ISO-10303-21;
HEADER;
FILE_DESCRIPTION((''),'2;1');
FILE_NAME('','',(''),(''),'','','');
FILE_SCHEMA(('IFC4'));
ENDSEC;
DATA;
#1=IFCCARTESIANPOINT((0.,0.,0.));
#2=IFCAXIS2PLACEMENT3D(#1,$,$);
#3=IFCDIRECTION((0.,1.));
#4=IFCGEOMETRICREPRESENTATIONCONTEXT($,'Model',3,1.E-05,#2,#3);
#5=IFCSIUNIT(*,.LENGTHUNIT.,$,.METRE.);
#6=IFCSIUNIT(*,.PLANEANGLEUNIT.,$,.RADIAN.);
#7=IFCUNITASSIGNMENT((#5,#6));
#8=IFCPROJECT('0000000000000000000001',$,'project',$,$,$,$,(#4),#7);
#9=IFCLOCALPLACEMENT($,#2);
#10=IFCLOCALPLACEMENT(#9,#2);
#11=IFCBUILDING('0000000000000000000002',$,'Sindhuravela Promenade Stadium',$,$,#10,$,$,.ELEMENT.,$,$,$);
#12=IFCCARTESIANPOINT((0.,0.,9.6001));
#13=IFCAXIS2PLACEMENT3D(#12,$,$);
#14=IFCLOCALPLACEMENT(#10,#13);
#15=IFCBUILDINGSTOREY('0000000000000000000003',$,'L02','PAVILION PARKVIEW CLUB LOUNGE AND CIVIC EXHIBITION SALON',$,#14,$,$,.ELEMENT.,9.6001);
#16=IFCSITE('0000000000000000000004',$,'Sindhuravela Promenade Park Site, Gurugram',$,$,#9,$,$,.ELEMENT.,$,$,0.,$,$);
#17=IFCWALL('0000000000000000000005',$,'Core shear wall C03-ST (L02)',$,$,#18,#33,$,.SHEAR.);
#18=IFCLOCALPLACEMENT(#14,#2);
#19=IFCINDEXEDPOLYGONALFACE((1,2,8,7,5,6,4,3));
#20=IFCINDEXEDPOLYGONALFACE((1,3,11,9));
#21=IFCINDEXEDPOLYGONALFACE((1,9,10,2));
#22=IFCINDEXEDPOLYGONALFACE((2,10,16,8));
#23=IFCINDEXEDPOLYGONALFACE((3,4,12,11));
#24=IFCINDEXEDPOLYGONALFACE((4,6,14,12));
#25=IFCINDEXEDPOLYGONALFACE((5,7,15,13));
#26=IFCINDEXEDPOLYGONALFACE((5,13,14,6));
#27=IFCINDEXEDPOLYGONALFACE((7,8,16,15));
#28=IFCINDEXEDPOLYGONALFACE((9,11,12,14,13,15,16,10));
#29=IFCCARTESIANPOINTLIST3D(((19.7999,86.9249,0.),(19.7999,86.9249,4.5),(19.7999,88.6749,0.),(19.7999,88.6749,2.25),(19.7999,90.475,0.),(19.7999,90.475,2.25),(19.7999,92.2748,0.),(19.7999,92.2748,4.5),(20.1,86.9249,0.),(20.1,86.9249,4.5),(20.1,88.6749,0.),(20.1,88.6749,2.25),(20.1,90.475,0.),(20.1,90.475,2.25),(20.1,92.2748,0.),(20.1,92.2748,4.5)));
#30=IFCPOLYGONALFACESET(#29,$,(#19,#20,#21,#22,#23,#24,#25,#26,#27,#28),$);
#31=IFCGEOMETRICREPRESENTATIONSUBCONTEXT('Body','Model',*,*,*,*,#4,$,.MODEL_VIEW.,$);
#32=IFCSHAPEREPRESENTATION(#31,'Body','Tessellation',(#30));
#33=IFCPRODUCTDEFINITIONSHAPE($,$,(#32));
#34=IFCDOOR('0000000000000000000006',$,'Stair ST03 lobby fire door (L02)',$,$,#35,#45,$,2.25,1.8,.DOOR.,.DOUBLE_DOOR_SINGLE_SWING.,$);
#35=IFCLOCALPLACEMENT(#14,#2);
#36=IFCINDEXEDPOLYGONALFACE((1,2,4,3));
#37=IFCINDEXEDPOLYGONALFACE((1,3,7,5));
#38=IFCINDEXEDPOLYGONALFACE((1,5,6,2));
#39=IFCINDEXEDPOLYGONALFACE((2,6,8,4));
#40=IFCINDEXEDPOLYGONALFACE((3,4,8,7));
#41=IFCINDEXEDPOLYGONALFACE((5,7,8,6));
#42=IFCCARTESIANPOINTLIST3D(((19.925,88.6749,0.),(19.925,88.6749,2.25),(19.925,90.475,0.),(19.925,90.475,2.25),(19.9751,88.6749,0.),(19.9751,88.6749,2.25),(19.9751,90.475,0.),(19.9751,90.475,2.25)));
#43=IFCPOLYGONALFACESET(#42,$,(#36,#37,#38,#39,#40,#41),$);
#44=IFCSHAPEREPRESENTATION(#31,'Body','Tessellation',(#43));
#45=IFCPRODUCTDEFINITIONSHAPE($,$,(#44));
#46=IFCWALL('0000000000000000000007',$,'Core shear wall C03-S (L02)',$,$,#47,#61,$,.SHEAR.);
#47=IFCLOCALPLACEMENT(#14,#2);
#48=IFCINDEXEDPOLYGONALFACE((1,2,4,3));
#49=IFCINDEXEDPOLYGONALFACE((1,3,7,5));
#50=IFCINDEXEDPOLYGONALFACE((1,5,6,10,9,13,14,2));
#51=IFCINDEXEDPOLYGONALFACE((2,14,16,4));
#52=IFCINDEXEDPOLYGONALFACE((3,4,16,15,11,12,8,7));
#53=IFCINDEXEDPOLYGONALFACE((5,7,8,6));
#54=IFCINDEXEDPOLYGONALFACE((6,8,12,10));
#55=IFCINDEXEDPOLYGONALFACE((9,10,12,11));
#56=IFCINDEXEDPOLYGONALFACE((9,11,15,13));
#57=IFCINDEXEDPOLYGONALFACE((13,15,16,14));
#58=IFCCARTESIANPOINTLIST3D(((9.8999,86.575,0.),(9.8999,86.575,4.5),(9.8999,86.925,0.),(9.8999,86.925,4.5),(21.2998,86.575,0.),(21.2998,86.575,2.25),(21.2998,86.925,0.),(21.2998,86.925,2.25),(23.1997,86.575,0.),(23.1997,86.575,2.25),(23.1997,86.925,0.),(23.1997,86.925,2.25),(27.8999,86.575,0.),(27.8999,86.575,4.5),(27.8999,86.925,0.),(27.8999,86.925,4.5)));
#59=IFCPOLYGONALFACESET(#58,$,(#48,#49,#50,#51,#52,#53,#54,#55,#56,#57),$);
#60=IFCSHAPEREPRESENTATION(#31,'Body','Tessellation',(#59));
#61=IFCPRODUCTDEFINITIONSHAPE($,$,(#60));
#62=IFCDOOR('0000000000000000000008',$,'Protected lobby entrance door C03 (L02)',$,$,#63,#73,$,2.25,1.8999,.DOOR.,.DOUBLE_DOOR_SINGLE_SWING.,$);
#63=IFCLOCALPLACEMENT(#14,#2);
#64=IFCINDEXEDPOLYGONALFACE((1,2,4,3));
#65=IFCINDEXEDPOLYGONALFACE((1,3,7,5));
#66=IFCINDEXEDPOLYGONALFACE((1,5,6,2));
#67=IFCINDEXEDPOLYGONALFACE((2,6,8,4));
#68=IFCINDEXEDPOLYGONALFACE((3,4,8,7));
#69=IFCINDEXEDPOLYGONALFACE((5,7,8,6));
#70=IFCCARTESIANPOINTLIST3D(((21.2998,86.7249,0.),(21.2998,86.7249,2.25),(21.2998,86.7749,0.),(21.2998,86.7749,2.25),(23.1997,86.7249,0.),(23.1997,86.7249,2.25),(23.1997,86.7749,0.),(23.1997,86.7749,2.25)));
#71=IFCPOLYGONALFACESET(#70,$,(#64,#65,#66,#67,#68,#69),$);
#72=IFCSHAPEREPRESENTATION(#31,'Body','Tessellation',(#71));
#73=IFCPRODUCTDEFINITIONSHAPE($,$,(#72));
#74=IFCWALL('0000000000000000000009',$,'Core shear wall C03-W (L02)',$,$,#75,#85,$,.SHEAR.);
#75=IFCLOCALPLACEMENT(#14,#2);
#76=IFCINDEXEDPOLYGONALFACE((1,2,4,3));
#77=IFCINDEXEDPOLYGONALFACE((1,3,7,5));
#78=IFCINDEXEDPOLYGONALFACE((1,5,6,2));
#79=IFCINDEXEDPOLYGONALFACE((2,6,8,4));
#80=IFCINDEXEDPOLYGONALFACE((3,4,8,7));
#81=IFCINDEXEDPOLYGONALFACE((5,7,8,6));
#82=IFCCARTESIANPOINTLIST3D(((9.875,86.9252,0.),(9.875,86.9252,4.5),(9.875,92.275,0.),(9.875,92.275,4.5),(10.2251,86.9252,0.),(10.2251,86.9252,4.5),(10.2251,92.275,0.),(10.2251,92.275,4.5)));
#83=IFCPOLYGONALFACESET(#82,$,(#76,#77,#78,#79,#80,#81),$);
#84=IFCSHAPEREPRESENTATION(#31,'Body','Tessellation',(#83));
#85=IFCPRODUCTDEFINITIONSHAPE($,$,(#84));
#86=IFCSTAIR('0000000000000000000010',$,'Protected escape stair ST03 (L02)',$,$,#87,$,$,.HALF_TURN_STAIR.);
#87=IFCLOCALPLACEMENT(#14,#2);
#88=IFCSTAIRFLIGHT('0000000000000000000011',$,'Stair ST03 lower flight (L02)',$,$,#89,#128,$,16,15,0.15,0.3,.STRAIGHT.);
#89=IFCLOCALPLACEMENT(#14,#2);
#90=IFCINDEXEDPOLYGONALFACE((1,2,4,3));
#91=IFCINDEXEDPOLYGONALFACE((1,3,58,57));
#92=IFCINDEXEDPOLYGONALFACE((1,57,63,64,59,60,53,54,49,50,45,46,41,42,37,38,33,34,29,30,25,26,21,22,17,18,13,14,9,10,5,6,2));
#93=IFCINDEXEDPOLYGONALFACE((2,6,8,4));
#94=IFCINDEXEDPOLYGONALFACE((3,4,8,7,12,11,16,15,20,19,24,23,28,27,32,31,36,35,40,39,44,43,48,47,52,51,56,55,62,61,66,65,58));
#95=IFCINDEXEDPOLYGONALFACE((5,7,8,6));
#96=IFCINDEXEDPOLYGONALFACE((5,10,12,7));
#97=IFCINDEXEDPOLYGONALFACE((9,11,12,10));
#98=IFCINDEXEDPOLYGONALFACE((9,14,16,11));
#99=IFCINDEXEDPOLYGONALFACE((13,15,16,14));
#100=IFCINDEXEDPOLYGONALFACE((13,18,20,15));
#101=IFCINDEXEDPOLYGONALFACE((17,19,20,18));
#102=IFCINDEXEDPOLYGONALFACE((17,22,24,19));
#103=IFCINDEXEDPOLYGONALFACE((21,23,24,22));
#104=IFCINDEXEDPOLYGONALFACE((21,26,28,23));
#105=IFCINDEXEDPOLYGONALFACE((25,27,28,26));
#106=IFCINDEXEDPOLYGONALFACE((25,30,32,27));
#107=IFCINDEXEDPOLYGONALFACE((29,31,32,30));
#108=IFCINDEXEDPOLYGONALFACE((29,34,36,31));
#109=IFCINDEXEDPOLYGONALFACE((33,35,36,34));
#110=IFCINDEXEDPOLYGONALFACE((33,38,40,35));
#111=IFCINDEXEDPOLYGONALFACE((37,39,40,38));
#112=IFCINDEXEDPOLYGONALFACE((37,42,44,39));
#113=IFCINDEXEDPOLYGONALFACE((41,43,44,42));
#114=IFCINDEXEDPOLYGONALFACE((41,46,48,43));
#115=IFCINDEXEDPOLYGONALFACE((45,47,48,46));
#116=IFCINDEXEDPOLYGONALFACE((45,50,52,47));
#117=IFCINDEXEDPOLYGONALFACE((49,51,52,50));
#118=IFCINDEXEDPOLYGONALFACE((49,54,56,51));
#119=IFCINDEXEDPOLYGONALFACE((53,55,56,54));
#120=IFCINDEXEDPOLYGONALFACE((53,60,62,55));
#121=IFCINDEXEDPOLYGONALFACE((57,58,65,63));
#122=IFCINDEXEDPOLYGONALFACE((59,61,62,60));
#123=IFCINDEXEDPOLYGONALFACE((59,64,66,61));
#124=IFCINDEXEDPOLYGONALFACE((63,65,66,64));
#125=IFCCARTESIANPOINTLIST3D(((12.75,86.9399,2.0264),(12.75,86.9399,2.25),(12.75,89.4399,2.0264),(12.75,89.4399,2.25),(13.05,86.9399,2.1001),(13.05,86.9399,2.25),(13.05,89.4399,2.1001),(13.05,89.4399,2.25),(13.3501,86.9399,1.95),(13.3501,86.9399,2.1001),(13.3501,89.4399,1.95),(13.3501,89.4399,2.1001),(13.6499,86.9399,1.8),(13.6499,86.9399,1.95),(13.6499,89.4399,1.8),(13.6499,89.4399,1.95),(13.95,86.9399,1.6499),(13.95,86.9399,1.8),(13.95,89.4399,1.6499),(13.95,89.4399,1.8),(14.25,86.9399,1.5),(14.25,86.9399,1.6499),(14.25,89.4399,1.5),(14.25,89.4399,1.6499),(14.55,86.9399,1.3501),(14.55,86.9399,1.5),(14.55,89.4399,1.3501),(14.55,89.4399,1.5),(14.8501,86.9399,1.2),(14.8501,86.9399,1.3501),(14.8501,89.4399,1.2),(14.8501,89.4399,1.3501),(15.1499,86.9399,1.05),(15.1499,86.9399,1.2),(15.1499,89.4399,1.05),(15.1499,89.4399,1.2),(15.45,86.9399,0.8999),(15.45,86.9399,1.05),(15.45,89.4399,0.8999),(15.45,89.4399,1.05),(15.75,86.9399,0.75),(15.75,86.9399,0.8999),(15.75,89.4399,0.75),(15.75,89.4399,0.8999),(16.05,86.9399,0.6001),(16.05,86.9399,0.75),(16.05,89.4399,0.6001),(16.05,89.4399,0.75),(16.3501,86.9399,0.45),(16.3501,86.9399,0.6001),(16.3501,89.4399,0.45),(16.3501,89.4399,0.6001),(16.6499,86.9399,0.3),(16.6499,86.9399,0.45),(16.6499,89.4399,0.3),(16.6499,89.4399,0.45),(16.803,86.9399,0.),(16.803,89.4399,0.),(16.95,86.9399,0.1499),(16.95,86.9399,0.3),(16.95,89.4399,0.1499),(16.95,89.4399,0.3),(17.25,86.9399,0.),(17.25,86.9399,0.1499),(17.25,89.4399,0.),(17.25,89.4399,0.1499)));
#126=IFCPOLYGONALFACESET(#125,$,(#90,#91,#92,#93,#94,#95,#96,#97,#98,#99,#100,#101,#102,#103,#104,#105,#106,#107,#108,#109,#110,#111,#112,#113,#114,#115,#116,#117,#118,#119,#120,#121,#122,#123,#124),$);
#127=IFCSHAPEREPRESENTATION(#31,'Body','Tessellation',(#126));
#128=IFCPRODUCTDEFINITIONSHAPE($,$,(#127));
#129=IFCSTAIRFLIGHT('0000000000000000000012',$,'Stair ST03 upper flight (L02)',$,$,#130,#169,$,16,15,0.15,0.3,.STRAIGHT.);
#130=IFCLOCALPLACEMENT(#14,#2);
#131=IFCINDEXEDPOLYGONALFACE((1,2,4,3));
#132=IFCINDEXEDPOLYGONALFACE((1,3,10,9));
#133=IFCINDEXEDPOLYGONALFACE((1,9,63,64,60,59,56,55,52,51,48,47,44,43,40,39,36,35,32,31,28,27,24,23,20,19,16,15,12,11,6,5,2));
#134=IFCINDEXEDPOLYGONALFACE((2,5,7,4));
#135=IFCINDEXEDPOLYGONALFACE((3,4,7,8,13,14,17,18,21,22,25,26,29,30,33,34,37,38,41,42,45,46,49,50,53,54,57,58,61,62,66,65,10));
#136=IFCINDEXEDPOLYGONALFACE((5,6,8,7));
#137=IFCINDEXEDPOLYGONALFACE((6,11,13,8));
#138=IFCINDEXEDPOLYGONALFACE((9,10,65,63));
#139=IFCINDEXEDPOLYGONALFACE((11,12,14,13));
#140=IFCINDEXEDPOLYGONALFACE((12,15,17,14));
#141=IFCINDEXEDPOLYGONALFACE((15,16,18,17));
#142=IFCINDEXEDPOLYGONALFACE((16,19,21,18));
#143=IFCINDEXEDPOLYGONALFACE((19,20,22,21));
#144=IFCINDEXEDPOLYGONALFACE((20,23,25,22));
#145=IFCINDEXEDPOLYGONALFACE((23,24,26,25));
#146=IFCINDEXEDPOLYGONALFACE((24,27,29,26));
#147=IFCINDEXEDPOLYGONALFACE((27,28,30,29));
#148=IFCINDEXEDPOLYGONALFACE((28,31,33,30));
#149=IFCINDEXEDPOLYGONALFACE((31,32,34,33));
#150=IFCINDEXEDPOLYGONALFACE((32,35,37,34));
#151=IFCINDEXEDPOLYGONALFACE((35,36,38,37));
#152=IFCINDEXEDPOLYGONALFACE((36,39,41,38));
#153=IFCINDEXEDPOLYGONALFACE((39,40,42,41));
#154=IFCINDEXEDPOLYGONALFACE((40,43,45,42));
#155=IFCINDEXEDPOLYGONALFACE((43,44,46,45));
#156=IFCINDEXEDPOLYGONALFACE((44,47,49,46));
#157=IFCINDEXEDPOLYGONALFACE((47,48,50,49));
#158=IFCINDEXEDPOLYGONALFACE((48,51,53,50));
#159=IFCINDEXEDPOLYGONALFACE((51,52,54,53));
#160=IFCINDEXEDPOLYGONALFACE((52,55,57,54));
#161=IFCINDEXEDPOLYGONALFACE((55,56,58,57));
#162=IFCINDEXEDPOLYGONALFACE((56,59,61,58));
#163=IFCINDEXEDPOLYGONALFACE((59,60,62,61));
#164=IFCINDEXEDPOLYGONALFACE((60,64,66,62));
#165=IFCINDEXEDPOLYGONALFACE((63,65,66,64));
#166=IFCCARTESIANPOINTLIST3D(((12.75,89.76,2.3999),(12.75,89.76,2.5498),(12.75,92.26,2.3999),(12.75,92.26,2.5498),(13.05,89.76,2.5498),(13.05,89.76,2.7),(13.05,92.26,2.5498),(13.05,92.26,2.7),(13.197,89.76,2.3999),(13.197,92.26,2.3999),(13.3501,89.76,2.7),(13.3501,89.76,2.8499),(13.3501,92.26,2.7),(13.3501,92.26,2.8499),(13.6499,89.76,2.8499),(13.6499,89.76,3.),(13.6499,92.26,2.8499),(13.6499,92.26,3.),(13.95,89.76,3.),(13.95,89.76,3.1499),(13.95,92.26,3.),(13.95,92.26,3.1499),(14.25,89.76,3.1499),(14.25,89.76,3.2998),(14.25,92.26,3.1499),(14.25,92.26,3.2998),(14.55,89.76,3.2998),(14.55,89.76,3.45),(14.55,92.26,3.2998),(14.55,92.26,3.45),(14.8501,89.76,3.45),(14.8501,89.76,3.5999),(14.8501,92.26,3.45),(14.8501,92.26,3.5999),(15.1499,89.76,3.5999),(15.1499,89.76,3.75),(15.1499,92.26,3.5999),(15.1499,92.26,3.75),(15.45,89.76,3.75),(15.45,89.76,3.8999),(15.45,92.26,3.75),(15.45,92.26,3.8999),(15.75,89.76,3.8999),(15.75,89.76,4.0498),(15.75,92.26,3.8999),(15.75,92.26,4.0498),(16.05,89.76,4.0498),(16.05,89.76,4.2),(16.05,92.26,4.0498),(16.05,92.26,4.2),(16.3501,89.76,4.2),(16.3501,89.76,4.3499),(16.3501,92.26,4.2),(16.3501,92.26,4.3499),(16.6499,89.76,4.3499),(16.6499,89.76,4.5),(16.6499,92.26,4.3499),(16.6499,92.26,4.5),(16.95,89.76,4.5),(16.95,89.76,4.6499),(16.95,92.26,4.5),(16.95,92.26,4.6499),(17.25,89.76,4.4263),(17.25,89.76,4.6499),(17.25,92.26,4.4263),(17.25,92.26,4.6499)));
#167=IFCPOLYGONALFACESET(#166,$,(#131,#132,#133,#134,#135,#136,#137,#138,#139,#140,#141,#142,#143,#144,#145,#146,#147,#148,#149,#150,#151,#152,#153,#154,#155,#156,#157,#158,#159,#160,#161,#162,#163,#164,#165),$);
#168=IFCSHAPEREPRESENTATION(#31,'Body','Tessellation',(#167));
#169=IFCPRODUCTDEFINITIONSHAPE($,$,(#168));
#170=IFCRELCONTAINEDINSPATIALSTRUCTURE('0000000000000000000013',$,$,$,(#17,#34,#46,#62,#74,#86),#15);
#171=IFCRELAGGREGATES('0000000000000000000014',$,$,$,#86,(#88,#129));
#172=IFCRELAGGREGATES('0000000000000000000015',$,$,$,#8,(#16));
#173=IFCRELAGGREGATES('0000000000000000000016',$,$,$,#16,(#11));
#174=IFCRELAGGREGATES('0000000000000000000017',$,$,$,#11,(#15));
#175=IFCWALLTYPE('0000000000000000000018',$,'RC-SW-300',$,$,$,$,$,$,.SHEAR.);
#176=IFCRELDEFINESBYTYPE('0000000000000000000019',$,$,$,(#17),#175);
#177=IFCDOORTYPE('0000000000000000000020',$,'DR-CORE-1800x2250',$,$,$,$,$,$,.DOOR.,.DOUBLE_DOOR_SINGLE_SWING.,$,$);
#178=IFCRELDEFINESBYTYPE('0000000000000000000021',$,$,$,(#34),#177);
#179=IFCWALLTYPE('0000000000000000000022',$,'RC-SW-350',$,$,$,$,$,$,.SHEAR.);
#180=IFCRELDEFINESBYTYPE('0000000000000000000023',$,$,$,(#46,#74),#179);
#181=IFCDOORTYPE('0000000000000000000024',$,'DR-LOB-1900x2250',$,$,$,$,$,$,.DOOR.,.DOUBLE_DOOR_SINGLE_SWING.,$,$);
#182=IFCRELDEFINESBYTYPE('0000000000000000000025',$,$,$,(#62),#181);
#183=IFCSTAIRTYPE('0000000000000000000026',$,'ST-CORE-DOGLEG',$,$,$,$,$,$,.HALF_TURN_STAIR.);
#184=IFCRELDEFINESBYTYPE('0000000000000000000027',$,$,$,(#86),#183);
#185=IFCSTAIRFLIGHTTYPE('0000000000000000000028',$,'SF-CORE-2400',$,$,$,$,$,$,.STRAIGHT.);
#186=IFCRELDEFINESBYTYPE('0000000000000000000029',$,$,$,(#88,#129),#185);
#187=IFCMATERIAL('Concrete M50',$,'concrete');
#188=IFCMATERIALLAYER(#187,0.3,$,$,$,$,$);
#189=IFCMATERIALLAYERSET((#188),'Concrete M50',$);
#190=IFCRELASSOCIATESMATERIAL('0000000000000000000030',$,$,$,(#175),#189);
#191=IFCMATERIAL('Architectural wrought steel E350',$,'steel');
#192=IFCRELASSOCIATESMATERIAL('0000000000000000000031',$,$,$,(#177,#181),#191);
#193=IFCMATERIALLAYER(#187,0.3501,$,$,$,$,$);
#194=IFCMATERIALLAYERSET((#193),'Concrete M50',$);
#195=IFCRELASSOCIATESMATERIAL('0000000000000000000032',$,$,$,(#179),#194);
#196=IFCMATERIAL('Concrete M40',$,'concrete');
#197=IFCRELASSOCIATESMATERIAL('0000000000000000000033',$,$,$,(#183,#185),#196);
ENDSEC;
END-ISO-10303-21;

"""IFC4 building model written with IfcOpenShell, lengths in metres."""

from ifc_helpers import new_model, si_unit, direction, frame, frame_2d, origin, place, context, subcontext, project, spatial, polyline, rectangle, outline, extrude, material, layer, layer_set, type_object, element, fill, aggregate, save


model = new_model("IFC4")

# Units and contexts
model_context = context("Model", 3, precision=1e-05, world=origin(), true_north=direction((0.0, 1.0)))
body_context = subcontext(model_context, "Body", "Model", "MODEL_VIEW")
ifc_project = project(units=[si_unit("LENGTHUNIT", "METRE"), si_unit("PLANEANGLEUNIT", "RADIAN")], contexts=[model_context])

# Site, building, storey
site_placement = place(None, origin())
site = spatial("IfcSite", under=ifc_project, at=site_placement, Name="Sindhuravela Promenade Park Site, Gurugram", CompositionType="ELEMENT", RefElevation=0.0)
building_placement = place(site_placement, origin())
building = spatial("IfcBuilding", under=site, at=building_placement, Name="Sindhuravela Promenade Stadium", CompositionType="ELEMENT")
storey_placement = place(building_placement, frame((0.0, 0.0, 9.6001)))
storey = spatial("IfcBuildingStorey", under=building, at=storey_placement, Name="L02", Description="PAVILION PARKVIEW CLUB LOUNGE AND CIVIC EXHIBITION SALON", CompositionType="ELEMENT", Elevation=9.6001)

# Shared definitions
ifc_material_1 = material(Name="Concrete M50", Category="concrete")

# Shared definitions
ifc_material_2 = material(Name="Concrete M40", Category="concrete")

# Walls, openings, doors
ifc_layer_1 = layer(ifc_material_1, 0.3)
ifc_layer_set_1 = layer_set([ifc_layer_1], Name="Concrete M50")
wall_type_1 = type_object("IfcWallType", Name="RC-SW-300", PredefinedType="SHEAR", material=ifc_layer_set_1)
wall_1_placement = place(storey_placement, frame((19.95, 86.925, 0.0), z_axis=(0.0, 0.0, 1.0), x_axis=(0.0, 1.0, 0.0)))
wall_1 = element("IfcWall", 1, at=wall_1_placement, inside=storey, type_object=wall_type_1, Name="Core shear wall C03-ST (L02)", PredefinedType="SHEAR", context=body_context, shape_type="SweptSolid", body=[
    extrude(rectangle(XDim=5.3499, YDim=0.3, at=frame_2d((2.6748, 0.0))), origin(), (0.0, 0.0, 1.0), 4.5),
])
opening_1_placement = place(wall_1_placement, frame((1.75, 0.0, 0.0)))
opening_1 = element("IfcOpeningElement", 2, at=opening_1_placement, cuts=wall_1, PredefinedType="OPENING", context=body_context, shape_type="SweptSolid", body=[
    extrude(rectangle(XDim=1.8, YDim=2.25, at=frame_2d((0.8999, 1.125))), frame((0.0, 0.1599, 0.0), z_axis=(0.0, -1.0, 0.0), x_axis=(1.0, 0.0, 0.0)), (0.0, 0.0, 1.0), 0.3201),
])
ifc_material_3 = material(Name="Architectural wrought steel E350", Category="steel")
door_type_1 = type_object("IfcDoorType", Name="DR-CORE-1800x2250", OperationType="DOUBLE_DOOR_SINGLE_SWING", PredefinedType="DOOR", material=ifc_material_3)
door_1_placement = place(opening_1_placement, origin())
door_1 = element("IfcDoor", 3, at=door_1_placement, inside=storey, type_object=door_type_1, Name="Stair ST03 lobby fire door (L02)", OperationType="DOUBLE_DOOR_SINGLE_SWING", OverallHeight=2.25, OverallWidth=1.8, PredefinedType="DOOR", context=body_context, shape_type="SweptSolid", body=[
    extrude(rectangle(XDim=1.8, YDim=2.25, at=frame_2d((0.8999, 1.125))), frame((0.0, 0.0249, 0.0), z_axis=(0.0, -1.0, 0.0), x_axis=(1.0, 0.0, 0.0)), (0.0, 0.0, 1.0), 0.05),
])
fill(opening_1, door_1)
ifc_layer_2 = layer(ifc_material_1, 0.3501)
ifc_layer_set_2 = layer_set([ifc_layer_2], Name="Concrete M50")
wall_type_2 = type_object("IfcWallType", Name="RC-SW-350", PredefinedType="SHEAR", material=ifc_layer_set_2)
wall_2_placement = place(storey_placement, frame((9.8999, 86.75, 0.0), z_axis=(0.0, 0.0, 1.0), x_axis=(1.0, 0.0, 0.0)))
wall_2 = element("IfcWall", 4, at=wall_2_placement, inside=storey, type_object=wall_type_2, Name="Core shear wall C03-S (L02)", PredefinedType="SHEAR", context=body_context, shape_type="SweptSolid", body=[
    extrude(rectangle(XDim=18.0, YDim=0.3501, at=frame_2d((9.0, 0.0))), origin(), (0.0, 0.0, 1.0), 4.5),
])
opening_2_placement = place(wall_2_placement, frame((11.3999, 0.0, 0.0)))
opening_2 = element("IfcOpeningElement", 5, at=opening_2_placement, cuts=wall_2, PredefinedType="OPENING", context=body_context, shape_type="SweptSolid", body=[
    extrude(rectangle(XDim=1.8999, YDim=2.25, at=frame_2d((0.95, 1.125))), frame((0.0, 0.1851, 0.0), z_axis=(0.0, -1.0, 0.0), x_axis=(1.0, 0.0, 0.0)), (0.0, 0.0, 1.0), 0.3701),
])
door_type_2 = type_object("IfcDoorType", Name="DR-LOB-1900x2250", OperationType="DOUBLE_DOOR_SINGLE_SWING", PredefinedType="DOOR", material=ifc_material_3)
door_2_placement = place(opening_2_placement, origin())
door_2 = element("IfcDoor", 6, at=door_2_placement, inside=storey, type_object=door_type_2, Name="Protected lobby entrance door C03 (L02)", OperationType="DOUBLE_DOOR_SINGLE_SWING", OverallHeight=2.25, OverallWidth=1.8999, PredefinedType="DOOR", context=body_context, shape_type="SweptSolid", body=[
    extrude(rectangle(XDim=1.8999, YDim=2.25, at=frame_2d((0.95, 1.125))), frame((0.0, 0.0249, 0.0), z_axis=(0.0, -1.0, 0.0), x_axis=(1.0, 0.0, 0.0)), (0.0, 0.0, 1.0), 0.05),
])
fill(opening_2, door_2)

# Wall
wall_3_placement = place(storey_placement, frame((10.05, 92.2749, 0.0), z_axis=(0.0, 0.0, 1.0), x_axis=(0.0, -1.0, 0.0)))
element("IfcWall", 7, at=wall_3_placement, inside=storey, type_object=wall_type_2, Name="Core shear wall C03-W (L02)", PredefinedType="SHEAR", context=body_context, shape_type="SweptSolid", body=[
    extrude(rectangle(XDim=5.3499, YDim=0.3501, at=frame_2d((2.6748, 0.0))), origin(), (0.0, 0.0, 1.0), 4.5),
])

# Stair, stair flights
stair_type = type_object("IfcStairType", Name="ST-CORE-DOGLEG", PredefinedType="HALF_TURN_STAIR", material=ifc_material_2)
stair_placement = place(storey_placement, origin())
stair = element("IfcStair", 8, at=stair_placement, inside=storey, type_object=stair_type, Name="Protected escape stair ST03 (L02)", PredefinedType="HALF_TURN_STAIR")
stair_flight_type = type_object("IfcStairFlightType", Name="SF-CORE-2400", PredefinedType="STRAIGHT", material=ifc_material_2)
stair_flight_1_placement = place(storey_placement, frame((17.25, 88.1899, 0.0), z_axis=(0.0, 0.0, 1.0), x_axis=(-1.0, 0.0, 0.0)))
stair_flight_1 = element("IfcStairFlight", 9, at=stair_flight_1_placement, type_object=stair_flight_type, Name="Stair ST03 lower flight (L02)", NumberOfRisers=16, NumberOfTreads=15, PredefinedType="STRAIGHT", RiserHeight=0.15, TreadLength=0.3, context=body_context, shape_type="SweptSolid", body=[
    extrude(outline(polyline([(0.0, 0.0), (0.0, 0.1499), (0.3, 0.1499), (0.3, 0.3), (0.6001, 0.3), (0.6001, 0.45), (0.8999, 0.45), (0.8999, 0.6001), (1.2, 0.6001), (1.2, 0.75), (1.5, 0.75), (1.5, 0.8999), (1.8, 0.8999), (1.8, 1.05), (2.1001, 1.05), (2.1001, 1.2), (2.3999, 1.2), (2.3999, 1.3501), (2.7, 1.3501), (2.7, 1.5), (3.0, 1.5), (3.0, 1.6499), (3.3, 1.6499), (3.3, 1.8), (3.6001, 1.8), (3.6001, 1.95), (3.8999, 1.95), (3.8999, 2.1001), (4.2, 2.1001), (4.2, 2.25), (4.5, 2.25), (4.5, 2.3999), (4.5, 2.0264), (0.447, 0.0), (0.0, 0.0)])), frame((0.0, 1.25, 0.0), z_axis=(0.0, -1.0, 0.0), x_axis=(1.0, 0.0, 0.0)), (0.0, 0.0, 1.0), 2.5),
])
stair_flight_2_placement = place(storey_placement, frame((12.75, 91.01, 2.3999), z_axis=(0.0, 0.0, 1.0), x_axis=(1.0, 0.0, 0.0)))
stair_flight_2 = element("IfcStairFlight", 10, at=stair_flight_2_placement, type_object=stair_flight_type, Name="Stair ST03 upper flight (L02)", NumberOfRisers=16, NumberOfTreads=15, PredefinedType="STRAIGHT", RiserHeight=0.15, TreadLength=0.3, context=body_context, shape_type="SweptSolid", body=[
    extrude(outline(polyline([(0.0, 0.0), (0.0, 0.1499), (0.3, 0.1499), (0.3, 0.3), (0.6001, 0.3), (0.6001, 0.45), (0.8999, 0.45), (0.8999, 0.6001), (1.2, 0.6001), (1.2, 0.75), (1.5, 0.75), (1.5, 0.8999), (1.8, 0.8999), (1.8, 1.05), (2.1001, 1.05), (2.1001, 1.2), (2.3999, 1.2), (2.3999, 1.3501), (2.7, 1.3501), (2.7, 1.5), (3.0, 1.5), (3.0, 1.6499), (3.3, 1.6499), (3.3, 1.8), (3.6001, 1.8), (3.6001, 1.95), (3.8999, 1.95), (3.8999, 2.1001), (4.2, 2.1001), (4.2, 2.25), (4.5, 2.25), (4.5, 2.3999), (4.5, 2.0264), (0.447, 0.0), (0.0, 0.0)])), frame((0.0, 1.25, 0.0), z_axis=(0.0, -1.0, 0.0), x_axis=(1.0, 0.0, 0.0)), (0.0, 0.0, 1.0), 2.5),
])
aggregate(stair, [stair_flight_1, stair_flight_2])

save(model, "model.ifc")
